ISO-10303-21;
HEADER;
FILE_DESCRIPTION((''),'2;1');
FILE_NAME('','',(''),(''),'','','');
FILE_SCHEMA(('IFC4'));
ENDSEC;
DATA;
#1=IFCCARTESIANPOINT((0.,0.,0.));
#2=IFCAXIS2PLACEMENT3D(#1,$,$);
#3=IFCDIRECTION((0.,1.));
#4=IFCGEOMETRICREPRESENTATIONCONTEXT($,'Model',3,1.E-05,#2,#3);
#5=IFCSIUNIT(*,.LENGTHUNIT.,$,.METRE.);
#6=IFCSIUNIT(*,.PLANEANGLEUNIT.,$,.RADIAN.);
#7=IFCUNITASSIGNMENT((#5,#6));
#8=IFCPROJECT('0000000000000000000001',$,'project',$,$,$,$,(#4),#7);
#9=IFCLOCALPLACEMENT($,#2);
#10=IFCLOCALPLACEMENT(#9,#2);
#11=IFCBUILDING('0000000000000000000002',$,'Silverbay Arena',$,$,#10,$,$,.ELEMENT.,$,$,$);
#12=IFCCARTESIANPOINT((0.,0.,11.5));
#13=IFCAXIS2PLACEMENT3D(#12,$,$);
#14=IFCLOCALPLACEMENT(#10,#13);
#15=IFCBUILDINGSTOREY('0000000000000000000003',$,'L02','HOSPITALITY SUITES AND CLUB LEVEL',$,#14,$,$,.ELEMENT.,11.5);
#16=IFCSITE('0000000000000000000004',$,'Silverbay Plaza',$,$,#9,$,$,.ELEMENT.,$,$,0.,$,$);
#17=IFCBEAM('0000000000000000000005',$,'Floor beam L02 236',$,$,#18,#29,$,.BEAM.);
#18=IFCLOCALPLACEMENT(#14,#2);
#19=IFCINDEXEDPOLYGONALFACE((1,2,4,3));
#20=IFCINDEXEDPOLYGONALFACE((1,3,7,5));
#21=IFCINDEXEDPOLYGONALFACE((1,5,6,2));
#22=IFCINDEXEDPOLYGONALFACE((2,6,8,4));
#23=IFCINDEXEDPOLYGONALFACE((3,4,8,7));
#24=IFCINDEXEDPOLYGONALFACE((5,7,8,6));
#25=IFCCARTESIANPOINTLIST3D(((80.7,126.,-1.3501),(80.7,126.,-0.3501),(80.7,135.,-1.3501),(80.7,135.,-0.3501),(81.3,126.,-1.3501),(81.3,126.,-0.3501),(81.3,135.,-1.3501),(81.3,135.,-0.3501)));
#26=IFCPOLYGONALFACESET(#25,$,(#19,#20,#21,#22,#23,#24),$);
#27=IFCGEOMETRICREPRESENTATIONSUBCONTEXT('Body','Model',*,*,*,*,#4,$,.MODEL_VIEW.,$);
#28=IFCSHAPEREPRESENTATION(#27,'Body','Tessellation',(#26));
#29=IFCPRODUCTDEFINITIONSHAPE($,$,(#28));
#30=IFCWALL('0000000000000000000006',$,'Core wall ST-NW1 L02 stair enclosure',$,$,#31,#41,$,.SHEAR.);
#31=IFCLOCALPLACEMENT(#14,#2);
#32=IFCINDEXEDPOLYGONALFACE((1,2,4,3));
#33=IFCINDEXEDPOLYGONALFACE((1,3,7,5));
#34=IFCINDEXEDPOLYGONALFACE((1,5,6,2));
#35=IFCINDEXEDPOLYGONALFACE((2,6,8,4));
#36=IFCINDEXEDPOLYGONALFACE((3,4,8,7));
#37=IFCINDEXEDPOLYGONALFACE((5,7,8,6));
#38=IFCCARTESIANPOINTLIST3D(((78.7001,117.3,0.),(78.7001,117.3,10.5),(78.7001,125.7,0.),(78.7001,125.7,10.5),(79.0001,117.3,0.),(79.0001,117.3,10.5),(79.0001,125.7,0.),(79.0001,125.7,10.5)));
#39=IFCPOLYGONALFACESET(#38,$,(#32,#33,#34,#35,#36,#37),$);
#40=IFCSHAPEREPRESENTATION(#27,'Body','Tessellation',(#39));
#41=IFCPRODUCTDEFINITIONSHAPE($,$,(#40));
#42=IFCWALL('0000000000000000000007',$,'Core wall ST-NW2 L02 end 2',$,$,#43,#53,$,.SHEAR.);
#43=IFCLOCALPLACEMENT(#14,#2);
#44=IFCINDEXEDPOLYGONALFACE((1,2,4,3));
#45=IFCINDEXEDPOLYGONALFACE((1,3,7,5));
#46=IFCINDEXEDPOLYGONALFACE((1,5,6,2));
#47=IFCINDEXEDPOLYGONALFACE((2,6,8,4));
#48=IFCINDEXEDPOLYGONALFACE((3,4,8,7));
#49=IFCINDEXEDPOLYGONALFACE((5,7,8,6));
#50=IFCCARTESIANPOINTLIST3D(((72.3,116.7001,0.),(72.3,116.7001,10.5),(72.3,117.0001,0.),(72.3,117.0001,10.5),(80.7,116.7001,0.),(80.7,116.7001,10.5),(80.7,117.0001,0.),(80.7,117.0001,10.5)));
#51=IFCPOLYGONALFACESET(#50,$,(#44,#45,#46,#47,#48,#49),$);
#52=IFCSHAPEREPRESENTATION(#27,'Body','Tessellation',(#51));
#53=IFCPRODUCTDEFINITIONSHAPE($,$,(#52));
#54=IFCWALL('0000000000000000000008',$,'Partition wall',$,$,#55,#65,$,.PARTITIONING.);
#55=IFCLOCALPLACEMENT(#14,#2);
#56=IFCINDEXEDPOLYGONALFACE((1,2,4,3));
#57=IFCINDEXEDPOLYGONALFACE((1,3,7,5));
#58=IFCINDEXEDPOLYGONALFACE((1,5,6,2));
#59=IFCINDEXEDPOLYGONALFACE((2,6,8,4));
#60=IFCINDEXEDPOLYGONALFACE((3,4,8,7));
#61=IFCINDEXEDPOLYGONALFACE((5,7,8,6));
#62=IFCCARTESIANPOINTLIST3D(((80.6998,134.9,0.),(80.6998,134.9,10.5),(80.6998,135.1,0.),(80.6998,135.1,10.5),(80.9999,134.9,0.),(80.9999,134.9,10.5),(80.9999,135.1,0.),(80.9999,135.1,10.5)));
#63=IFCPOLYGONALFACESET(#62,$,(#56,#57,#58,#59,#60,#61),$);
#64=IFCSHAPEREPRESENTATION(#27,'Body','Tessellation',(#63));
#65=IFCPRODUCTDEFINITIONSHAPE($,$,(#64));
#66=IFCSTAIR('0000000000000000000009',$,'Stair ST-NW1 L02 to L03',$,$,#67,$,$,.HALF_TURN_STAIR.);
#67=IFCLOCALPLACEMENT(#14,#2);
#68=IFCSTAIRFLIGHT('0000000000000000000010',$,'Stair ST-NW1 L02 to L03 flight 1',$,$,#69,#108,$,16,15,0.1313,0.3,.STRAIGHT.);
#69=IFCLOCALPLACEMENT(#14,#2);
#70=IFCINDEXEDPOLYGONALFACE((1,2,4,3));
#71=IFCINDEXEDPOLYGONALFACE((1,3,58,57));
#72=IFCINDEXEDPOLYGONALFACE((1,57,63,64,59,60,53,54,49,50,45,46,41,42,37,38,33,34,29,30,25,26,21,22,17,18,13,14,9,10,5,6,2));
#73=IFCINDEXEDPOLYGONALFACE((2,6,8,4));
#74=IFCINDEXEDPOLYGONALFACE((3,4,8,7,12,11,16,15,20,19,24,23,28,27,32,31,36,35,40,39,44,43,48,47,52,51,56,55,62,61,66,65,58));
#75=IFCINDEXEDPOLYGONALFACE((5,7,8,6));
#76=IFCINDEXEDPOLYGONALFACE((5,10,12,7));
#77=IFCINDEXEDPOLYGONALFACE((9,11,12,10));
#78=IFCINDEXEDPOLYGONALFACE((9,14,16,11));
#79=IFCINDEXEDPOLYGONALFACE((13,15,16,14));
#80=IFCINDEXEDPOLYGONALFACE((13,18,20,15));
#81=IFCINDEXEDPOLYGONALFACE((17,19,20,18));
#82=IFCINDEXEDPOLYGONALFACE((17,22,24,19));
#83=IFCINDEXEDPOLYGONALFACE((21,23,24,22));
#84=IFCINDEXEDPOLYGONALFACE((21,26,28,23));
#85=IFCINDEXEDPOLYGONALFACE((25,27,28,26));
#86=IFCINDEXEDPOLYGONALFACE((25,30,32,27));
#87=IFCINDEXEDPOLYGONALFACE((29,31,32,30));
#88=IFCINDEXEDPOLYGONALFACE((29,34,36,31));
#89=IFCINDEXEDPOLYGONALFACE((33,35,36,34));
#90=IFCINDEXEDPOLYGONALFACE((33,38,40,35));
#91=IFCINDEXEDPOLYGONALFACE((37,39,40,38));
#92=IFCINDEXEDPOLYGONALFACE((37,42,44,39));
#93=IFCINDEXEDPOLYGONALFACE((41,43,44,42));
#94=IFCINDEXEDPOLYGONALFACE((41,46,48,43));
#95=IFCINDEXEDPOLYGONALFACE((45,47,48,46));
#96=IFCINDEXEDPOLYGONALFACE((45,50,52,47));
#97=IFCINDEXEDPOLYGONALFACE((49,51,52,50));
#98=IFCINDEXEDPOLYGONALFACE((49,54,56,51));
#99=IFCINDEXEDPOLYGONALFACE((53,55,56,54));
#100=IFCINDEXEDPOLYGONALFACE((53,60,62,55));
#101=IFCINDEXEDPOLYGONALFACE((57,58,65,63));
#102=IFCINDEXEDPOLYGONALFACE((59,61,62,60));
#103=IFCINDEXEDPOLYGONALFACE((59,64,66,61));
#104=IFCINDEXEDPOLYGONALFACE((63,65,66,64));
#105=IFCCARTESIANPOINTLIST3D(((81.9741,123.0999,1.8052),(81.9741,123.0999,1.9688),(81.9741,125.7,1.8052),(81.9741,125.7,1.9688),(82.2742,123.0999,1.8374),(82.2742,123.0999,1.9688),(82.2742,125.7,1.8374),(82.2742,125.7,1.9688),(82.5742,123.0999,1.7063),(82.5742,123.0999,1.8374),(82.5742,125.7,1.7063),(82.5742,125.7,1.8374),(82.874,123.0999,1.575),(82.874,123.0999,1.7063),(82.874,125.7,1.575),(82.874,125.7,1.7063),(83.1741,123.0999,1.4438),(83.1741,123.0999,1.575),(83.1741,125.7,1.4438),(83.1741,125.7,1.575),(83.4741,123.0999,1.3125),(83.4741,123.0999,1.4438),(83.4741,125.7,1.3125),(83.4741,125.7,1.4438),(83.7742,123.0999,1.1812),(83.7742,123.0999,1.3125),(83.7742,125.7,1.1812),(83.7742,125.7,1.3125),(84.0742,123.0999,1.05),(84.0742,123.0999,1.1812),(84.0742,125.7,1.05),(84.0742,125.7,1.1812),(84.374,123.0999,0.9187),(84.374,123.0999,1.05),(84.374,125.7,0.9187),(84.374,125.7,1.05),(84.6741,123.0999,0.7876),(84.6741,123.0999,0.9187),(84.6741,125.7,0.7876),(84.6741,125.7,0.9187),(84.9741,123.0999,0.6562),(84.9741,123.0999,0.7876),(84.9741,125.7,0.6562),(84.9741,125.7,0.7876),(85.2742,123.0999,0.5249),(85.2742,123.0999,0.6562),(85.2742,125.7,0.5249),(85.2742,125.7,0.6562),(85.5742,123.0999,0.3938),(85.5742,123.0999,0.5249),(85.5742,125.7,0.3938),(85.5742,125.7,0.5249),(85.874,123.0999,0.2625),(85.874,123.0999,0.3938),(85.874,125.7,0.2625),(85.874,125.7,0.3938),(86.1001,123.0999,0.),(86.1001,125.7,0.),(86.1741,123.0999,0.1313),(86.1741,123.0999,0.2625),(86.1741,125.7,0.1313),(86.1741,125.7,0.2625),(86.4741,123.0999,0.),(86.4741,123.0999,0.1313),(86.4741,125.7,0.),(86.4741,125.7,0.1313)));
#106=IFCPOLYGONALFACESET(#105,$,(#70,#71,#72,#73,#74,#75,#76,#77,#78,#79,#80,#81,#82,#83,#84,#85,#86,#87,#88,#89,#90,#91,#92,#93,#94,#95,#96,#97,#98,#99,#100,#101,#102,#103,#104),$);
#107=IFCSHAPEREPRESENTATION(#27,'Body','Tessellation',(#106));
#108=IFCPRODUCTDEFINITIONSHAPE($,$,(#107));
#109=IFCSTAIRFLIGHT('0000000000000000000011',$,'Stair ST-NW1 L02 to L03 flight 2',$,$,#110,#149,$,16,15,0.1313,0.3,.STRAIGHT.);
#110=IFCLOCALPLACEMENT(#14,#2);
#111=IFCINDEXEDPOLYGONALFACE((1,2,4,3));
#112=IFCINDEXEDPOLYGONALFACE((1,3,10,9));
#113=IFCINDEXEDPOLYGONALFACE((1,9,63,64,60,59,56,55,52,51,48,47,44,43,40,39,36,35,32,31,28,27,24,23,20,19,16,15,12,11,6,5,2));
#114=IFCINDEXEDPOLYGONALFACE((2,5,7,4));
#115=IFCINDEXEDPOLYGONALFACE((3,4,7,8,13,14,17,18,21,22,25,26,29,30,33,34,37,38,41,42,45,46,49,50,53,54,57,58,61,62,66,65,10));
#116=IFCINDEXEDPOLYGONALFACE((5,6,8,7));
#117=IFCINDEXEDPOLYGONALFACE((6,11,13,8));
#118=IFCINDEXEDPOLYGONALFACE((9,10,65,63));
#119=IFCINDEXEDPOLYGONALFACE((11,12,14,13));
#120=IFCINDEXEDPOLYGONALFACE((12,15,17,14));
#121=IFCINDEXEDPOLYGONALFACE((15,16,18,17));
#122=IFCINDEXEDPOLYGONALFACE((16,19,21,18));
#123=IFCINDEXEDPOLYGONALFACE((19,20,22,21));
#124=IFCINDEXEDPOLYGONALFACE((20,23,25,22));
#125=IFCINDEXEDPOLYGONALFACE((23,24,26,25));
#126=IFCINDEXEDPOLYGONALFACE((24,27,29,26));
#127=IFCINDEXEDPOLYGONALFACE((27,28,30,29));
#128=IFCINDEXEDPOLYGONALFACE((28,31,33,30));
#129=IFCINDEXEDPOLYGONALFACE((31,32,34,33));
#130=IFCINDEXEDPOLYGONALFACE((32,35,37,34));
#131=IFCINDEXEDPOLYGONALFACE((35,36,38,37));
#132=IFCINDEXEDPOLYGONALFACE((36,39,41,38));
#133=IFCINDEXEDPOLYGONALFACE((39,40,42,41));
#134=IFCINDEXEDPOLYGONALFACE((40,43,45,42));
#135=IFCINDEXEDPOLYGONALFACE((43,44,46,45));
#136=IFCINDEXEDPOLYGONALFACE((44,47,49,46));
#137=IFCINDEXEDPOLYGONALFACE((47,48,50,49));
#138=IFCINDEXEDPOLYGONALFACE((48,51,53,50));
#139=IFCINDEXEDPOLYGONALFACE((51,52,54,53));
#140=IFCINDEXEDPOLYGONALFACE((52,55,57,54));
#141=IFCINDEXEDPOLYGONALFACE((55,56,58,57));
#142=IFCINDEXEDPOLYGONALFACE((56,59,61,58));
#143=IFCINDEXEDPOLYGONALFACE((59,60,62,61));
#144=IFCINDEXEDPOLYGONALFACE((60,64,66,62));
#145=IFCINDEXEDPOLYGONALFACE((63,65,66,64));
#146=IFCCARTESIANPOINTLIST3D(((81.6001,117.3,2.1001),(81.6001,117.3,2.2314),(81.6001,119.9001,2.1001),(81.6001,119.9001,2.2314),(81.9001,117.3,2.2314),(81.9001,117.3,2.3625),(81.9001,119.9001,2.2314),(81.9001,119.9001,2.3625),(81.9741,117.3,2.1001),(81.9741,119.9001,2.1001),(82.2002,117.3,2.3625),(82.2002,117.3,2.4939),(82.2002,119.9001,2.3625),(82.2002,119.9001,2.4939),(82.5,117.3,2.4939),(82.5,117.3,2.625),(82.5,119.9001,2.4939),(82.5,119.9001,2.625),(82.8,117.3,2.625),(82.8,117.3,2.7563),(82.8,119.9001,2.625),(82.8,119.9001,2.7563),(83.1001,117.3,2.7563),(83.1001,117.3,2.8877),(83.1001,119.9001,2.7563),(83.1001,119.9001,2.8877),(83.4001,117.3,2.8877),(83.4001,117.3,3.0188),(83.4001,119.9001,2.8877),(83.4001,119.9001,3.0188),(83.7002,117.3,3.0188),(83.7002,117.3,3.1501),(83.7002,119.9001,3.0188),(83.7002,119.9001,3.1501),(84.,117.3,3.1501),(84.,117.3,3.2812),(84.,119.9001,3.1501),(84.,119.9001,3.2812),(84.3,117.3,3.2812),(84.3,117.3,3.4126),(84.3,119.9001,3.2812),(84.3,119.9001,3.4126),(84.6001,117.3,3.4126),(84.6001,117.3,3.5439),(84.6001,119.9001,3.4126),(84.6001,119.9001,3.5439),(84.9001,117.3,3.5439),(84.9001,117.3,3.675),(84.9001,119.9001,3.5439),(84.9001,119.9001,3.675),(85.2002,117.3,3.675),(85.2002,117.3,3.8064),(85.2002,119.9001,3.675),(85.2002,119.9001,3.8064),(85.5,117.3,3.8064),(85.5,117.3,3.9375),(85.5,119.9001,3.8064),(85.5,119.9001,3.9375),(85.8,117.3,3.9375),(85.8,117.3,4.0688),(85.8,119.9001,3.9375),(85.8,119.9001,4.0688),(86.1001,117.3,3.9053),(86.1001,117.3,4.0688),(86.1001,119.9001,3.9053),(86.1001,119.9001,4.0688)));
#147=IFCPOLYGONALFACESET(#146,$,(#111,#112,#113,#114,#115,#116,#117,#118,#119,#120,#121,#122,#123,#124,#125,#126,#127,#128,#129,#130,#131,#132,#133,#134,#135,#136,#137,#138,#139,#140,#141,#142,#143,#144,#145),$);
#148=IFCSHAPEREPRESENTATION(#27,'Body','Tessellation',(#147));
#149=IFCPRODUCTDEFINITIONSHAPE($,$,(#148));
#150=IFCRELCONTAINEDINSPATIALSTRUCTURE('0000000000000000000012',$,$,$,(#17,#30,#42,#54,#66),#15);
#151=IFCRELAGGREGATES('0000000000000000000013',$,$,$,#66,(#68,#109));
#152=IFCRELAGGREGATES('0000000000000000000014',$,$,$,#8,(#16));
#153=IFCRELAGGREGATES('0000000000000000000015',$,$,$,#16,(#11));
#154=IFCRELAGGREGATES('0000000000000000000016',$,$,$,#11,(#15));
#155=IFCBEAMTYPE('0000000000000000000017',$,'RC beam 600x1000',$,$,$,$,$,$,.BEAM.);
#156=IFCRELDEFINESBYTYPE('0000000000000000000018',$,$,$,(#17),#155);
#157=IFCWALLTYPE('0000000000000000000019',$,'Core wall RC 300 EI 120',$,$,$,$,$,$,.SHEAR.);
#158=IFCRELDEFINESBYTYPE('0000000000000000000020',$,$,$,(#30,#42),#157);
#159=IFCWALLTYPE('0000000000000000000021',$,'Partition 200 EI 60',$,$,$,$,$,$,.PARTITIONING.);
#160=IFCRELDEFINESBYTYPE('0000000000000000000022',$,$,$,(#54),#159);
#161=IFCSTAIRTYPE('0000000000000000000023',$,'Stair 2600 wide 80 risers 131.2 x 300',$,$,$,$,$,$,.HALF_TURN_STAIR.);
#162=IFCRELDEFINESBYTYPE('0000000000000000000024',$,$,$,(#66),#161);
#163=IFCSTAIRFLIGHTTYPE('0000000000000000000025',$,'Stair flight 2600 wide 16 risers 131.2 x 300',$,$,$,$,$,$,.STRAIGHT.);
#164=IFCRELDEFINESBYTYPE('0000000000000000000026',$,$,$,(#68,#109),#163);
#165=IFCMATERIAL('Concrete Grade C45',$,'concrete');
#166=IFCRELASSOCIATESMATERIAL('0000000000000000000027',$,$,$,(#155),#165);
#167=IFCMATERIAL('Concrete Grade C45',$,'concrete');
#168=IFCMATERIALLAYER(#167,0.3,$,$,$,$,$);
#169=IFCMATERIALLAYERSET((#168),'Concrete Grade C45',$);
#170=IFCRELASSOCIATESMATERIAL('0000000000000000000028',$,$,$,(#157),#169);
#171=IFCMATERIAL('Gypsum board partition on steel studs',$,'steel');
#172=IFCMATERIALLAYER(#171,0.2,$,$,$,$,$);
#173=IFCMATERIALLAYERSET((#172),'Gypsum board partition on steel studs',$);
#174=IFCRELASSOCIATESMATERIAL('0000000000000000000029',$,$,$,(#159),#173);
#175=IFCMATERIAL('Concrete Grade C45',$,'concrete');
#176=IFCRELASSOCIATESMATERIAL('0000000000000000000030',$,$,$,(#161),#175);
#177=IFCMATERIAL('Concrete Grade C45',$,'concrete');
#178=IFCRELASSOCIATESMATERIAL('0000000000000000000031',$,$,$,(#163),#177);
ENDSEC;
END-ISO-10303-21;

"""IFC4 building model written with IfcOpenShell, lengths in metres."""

from ifc_helpers import new_model, si_unit, direction, frame, frame_2d, origin, origin_2d, place, context, subcontext, project, spatial, polyline, rectangle, outline, extrude, material, layer, layer_set, material_profile, profile_set, type_object, element, aggregate, save


model = new_model("IFC4")

# Units and contexts
model_context = context("Model", 3, precision=1e-05, world=origin(), true_north=direction((0.0, 1.0)))
body_context = subcontext(model_context, "Body", "Model", "MODEL_VIEW")
ifc_project = project(units=[si_unit("LENGTHUNIT", "METRE"), si_unit("PLANEANGLEUNIT", "RADIAN")], contexts=[model_context])

# Site, building, storey
site_placement = place(None, origin())
site = spatial("IfcSite", under=ifc_project, at=site_placement, Name="Silverbay Plaza", CompositionType="ELEMENT", RefElevation=0.0)
building_placement = place(site_placement, origin())
building = spatial("IfcBuilding", under=site, at=building_placement, Name="Silverbay Arena", CompositionType="ELEMENT")
storey_placement = place(building_placement, frame((0.0, 0.0, 11.5)))
storey = spatial("IfcBuildingStorey", under=building, at=storey_placement, Name="L02", Description="HOSPITALITY SUITES AND CLUB LEVEL", CompositionType="ELEMENT", Elevation=11.5)

# Beam
ifc_material_1 = material(Name="Concrete Grade C45", Category="concrete")
ifc_material_profile = material_profile(ifc_material_1, rectangle(XDim=0.6001, YDim=1.0, at=origin_2d()), Name="RC 600x1000")
ifc_profile_set = profile_set([ifc_material_profile], Name="Concrete Grade C45")
beam_type = type_object("IfcBeamType", Name="RC beam 600x1000", PredefinedType="BEAM", material=ifc_profile_set)
beam_placement = place(storey_placement, frame((81.0, 126.0, -0.8501), z_axis=(0.0, 1.0, 0.0), x_axis=(-1.0, 0.0, 0.0)))
element("IfcBeam", 1, at=beam_placement, inside=storey, type_object=beam_type, Name="Floor beam L02 236", PredefinedType="BEAM", context=body_context, shape_type="SweptSolid", body=[
    extrude(rectangle(XDim=0.6001, YDim=1.0, at=origin_2d()), origin(), (0.0, 0.0, 1.0), 9.0),
])

# Walls
ifc_material_2 = material(Name="Concrete Grade C45", Category="concrete")
ifc_layer_1 = layer(ifc_material_2, 0.3)
ifc_layer_set_1 = layer_set([ifc_layer_1], Name="Concrete Grade C45")
wall_type_1 = type_object("IfcWallType", Name="Core wall RC 300 EI 120", PredefinedType="SHEAR", material=ifc_layer_set_1)
for number, where, z_axis, x_axis, name in (
    (2, (78.8501, 117.3, 0.0), (0.0, 0.0, 1.0), (0.0, 1.0, 0.0), "Core wall ST-NW1 L02 stair enclosure"),
    (3, (80.7, 116.8501, 0.0), (0.0, 0.0, 1.0), (-1.0, 0.0, 0.0), "Core wall ST-NW2 L02 end 2"),
):
    element("IfcWall", number, at=place(storey_placement, frame(where, z_axis=z_axis, x_axis=x_axis)), inside=storey, type_object=wall_type_1, Name=name, PredefinedType="SHEAR", context=body_context, shape_type="SweptSolid", body=[
        extrude(rectangle(XDim=8.3999, YDim=0.3, at=frame_2d((4.2, 0.0))), origin(), (0.0, 0.0, 1.0), 10.5),
    ])
ifc_material_3 = material(Name="Gypsum board partition on steel studs", Category="steel")
ifc_layer_2 = layer(ifc_material_3, 0.2)
ifc_layer_set_2 = layer_set([ifc_layer_2], Name="Gypsum board partition on steel studs")
wall_type_2 = type_object("IfcWallType", Name="Partition 200 EI 60", PredefinedType="PARTITIONING", material=ifc_layer_set_2)
wall_placement = place(storey_placement, frame((80.7, 135.0, 0.0), z_axis=(0.0, 0.0, 1.0), x_axis=(1.0, 0.0, 0.0)))
element("IfcWall", 4, at=wall_placement, inside=storey, type_object=wall_type_2, Name="Partition wall", PredefinedType="PARTITIONING", context=body_context, shape_type="SweptSolid", body=[
    extrude(rectangle(XDim=0.3, YDim=0.2, at=frame_2d((0.1499, 0.0))), origin(), (0.0, 0.0, 1.0), 10.5),
])

# Stair, stair flights
ifc_material_4 = material(Name="Concrete Grade C45", Category="concrete")
stair_type = type_object("IfcStairType", Name="Stair 2600 wide 80 risers 131.2 x 300", PredefinedType="HALF_TURN_STAIR", material=ifc_material_4)
stair_placement = place(storey_placement, origin())
stair = element("IfcStair", 5, at=stair_placement, inside=storey, type_object=stair_type, Name="Stair ST-NW1 L02 to L03", PredefinedType="HALF_TURN_STAIR")
ifc_material_5 = material(Name="Concrete Grade C45", Category="concrete")
stair_flight_type = type_object("IfcStairFlightType", Name="Stair flight 2600 wide 16 risers 131.2 x 300", PredefinedType="STRAIGHT", material=ifc_material_5)
stair_flight_1_placement = place(storey_placement, frame((86.4741, 124.3999, 0.0), z_axis=(0.0, 0.0, 1.0), x_axis=(-1.0, 0.0, 0.0)))
stair_flight_1 = element("IfcStairFlight", 6, at=stair_flight_1_placement, type_object=stair_flight_type, Name="Stair ST-NW1 L02 to L03 flight 1", NumberOfRisers=16, NumberOfTreads=15, PredefinedType="STRAIGHT", RiserHeight=0.1313, TreadLength=0.3, context=body_context, shape_type="SweptSolid", body=[
    extrude(outline(polyline([(0.0, 0.0), (0.0, 0.1313), (0.3, 0.1313), (0.3, 0.2625), (0.6001, 0.2625), (0.6001, 0.3938), (0.8999, 0.3938), (0.8999, 0.5249), (1.2, 0.5249), (1.2, 0.6562), (1.5, 0.6562), (1.5, 0.7876), (1.8, 0.7876), (1.8, 0.9187), (2.1001, 0.9187), (2.1001, 1.05), (2.3999, 1.05), (2.3999, 1.1812), (2.7, 1.1812), (2.7, 1.3125), (3.0, 1.3125), (3.0, 1.4438), (3.3, 1.4438), (3.3, 1.575), (3.6001, 1.575), (3.6001, 1.7063), (3.8999, 1.7063), (3.8999, 1.8374), (4.2, 1.8374), (4.2, 1.9688), (4.5, 1.9688), (4.5, 1.8052), (0.374, 0.0), (0.0, 0.0)])), frame((0.0, 1.3, 0.0), z_axis=(0.0, -1.0, 0.0), x_axis=(1.0, 0.0, 0.0)), (0.0, 0.0, 1.0), 2.6001),
])
stair_flight_2_placement = place(storey_placement, frame((81.6001, 118.6001, 2.1001), z_axis=(0.0, 0.0, 1.0), x_axis=(1.0, 0.0, 0.0)))
stair_flight_2 = element("IfcStairFlight", 7, at=stair_flight_2_placement, type_object=stair_flight_type, Name="Stair ST-NW1 L02 to L03 flight 2", NumberOfRisers=16, NumberOfTreads=15, PredefinedType="STRAIGHT", RiserHeight=0.1313, TreadLength=0.3, context=body_context, shape_type="SweptSolid", body=[
    extrude(outline(polyline([(0.0, 0.0), (0.0, 0.1313), (0.3, 0.1313), (0.3, 0.2625), (0.6001, 0.2625), (0.6001, 0.3938), (0.8999, 0.3938), (0.8999, 0.5249), (1.2, 0.5249), (1.2, 0.6562), (1.5, 0.6562), (1.5, 0.7876), (1.8, 0.7876), (1.8, 0.9187), (2.1001, 0.9187), (2.1001, 1.05), (2.3999, 1.05), (2.3999, 1.1812), (2.7, 1.1812), (2.7, 1.3125), (3.0, 1.3125), (3.0, 1.4438), (3.3, 1.4438), (3.3, 1.575), (3.6001, 1.575), (3.6001, 1.7063), (3.8999, 1.7063), (3.8999, 1.8374), (4.2, 1.8374), (4.2, 1.9688), (4.5, 1.9688), (4.5, 1.8052), (0.374, 0.0), (0.0, 0.0)])), frame((0.0, 1.3, 0.0), z_axis=(0.0, -1.0, 0.0), x_axis=(1.0, 0.0, 0.0)), (0.0, 0.0, 1.0), 2.6001),
])
aggregate(stair, [stair_flight_1, stair_flight_2])

save(model, "model.ifc")
